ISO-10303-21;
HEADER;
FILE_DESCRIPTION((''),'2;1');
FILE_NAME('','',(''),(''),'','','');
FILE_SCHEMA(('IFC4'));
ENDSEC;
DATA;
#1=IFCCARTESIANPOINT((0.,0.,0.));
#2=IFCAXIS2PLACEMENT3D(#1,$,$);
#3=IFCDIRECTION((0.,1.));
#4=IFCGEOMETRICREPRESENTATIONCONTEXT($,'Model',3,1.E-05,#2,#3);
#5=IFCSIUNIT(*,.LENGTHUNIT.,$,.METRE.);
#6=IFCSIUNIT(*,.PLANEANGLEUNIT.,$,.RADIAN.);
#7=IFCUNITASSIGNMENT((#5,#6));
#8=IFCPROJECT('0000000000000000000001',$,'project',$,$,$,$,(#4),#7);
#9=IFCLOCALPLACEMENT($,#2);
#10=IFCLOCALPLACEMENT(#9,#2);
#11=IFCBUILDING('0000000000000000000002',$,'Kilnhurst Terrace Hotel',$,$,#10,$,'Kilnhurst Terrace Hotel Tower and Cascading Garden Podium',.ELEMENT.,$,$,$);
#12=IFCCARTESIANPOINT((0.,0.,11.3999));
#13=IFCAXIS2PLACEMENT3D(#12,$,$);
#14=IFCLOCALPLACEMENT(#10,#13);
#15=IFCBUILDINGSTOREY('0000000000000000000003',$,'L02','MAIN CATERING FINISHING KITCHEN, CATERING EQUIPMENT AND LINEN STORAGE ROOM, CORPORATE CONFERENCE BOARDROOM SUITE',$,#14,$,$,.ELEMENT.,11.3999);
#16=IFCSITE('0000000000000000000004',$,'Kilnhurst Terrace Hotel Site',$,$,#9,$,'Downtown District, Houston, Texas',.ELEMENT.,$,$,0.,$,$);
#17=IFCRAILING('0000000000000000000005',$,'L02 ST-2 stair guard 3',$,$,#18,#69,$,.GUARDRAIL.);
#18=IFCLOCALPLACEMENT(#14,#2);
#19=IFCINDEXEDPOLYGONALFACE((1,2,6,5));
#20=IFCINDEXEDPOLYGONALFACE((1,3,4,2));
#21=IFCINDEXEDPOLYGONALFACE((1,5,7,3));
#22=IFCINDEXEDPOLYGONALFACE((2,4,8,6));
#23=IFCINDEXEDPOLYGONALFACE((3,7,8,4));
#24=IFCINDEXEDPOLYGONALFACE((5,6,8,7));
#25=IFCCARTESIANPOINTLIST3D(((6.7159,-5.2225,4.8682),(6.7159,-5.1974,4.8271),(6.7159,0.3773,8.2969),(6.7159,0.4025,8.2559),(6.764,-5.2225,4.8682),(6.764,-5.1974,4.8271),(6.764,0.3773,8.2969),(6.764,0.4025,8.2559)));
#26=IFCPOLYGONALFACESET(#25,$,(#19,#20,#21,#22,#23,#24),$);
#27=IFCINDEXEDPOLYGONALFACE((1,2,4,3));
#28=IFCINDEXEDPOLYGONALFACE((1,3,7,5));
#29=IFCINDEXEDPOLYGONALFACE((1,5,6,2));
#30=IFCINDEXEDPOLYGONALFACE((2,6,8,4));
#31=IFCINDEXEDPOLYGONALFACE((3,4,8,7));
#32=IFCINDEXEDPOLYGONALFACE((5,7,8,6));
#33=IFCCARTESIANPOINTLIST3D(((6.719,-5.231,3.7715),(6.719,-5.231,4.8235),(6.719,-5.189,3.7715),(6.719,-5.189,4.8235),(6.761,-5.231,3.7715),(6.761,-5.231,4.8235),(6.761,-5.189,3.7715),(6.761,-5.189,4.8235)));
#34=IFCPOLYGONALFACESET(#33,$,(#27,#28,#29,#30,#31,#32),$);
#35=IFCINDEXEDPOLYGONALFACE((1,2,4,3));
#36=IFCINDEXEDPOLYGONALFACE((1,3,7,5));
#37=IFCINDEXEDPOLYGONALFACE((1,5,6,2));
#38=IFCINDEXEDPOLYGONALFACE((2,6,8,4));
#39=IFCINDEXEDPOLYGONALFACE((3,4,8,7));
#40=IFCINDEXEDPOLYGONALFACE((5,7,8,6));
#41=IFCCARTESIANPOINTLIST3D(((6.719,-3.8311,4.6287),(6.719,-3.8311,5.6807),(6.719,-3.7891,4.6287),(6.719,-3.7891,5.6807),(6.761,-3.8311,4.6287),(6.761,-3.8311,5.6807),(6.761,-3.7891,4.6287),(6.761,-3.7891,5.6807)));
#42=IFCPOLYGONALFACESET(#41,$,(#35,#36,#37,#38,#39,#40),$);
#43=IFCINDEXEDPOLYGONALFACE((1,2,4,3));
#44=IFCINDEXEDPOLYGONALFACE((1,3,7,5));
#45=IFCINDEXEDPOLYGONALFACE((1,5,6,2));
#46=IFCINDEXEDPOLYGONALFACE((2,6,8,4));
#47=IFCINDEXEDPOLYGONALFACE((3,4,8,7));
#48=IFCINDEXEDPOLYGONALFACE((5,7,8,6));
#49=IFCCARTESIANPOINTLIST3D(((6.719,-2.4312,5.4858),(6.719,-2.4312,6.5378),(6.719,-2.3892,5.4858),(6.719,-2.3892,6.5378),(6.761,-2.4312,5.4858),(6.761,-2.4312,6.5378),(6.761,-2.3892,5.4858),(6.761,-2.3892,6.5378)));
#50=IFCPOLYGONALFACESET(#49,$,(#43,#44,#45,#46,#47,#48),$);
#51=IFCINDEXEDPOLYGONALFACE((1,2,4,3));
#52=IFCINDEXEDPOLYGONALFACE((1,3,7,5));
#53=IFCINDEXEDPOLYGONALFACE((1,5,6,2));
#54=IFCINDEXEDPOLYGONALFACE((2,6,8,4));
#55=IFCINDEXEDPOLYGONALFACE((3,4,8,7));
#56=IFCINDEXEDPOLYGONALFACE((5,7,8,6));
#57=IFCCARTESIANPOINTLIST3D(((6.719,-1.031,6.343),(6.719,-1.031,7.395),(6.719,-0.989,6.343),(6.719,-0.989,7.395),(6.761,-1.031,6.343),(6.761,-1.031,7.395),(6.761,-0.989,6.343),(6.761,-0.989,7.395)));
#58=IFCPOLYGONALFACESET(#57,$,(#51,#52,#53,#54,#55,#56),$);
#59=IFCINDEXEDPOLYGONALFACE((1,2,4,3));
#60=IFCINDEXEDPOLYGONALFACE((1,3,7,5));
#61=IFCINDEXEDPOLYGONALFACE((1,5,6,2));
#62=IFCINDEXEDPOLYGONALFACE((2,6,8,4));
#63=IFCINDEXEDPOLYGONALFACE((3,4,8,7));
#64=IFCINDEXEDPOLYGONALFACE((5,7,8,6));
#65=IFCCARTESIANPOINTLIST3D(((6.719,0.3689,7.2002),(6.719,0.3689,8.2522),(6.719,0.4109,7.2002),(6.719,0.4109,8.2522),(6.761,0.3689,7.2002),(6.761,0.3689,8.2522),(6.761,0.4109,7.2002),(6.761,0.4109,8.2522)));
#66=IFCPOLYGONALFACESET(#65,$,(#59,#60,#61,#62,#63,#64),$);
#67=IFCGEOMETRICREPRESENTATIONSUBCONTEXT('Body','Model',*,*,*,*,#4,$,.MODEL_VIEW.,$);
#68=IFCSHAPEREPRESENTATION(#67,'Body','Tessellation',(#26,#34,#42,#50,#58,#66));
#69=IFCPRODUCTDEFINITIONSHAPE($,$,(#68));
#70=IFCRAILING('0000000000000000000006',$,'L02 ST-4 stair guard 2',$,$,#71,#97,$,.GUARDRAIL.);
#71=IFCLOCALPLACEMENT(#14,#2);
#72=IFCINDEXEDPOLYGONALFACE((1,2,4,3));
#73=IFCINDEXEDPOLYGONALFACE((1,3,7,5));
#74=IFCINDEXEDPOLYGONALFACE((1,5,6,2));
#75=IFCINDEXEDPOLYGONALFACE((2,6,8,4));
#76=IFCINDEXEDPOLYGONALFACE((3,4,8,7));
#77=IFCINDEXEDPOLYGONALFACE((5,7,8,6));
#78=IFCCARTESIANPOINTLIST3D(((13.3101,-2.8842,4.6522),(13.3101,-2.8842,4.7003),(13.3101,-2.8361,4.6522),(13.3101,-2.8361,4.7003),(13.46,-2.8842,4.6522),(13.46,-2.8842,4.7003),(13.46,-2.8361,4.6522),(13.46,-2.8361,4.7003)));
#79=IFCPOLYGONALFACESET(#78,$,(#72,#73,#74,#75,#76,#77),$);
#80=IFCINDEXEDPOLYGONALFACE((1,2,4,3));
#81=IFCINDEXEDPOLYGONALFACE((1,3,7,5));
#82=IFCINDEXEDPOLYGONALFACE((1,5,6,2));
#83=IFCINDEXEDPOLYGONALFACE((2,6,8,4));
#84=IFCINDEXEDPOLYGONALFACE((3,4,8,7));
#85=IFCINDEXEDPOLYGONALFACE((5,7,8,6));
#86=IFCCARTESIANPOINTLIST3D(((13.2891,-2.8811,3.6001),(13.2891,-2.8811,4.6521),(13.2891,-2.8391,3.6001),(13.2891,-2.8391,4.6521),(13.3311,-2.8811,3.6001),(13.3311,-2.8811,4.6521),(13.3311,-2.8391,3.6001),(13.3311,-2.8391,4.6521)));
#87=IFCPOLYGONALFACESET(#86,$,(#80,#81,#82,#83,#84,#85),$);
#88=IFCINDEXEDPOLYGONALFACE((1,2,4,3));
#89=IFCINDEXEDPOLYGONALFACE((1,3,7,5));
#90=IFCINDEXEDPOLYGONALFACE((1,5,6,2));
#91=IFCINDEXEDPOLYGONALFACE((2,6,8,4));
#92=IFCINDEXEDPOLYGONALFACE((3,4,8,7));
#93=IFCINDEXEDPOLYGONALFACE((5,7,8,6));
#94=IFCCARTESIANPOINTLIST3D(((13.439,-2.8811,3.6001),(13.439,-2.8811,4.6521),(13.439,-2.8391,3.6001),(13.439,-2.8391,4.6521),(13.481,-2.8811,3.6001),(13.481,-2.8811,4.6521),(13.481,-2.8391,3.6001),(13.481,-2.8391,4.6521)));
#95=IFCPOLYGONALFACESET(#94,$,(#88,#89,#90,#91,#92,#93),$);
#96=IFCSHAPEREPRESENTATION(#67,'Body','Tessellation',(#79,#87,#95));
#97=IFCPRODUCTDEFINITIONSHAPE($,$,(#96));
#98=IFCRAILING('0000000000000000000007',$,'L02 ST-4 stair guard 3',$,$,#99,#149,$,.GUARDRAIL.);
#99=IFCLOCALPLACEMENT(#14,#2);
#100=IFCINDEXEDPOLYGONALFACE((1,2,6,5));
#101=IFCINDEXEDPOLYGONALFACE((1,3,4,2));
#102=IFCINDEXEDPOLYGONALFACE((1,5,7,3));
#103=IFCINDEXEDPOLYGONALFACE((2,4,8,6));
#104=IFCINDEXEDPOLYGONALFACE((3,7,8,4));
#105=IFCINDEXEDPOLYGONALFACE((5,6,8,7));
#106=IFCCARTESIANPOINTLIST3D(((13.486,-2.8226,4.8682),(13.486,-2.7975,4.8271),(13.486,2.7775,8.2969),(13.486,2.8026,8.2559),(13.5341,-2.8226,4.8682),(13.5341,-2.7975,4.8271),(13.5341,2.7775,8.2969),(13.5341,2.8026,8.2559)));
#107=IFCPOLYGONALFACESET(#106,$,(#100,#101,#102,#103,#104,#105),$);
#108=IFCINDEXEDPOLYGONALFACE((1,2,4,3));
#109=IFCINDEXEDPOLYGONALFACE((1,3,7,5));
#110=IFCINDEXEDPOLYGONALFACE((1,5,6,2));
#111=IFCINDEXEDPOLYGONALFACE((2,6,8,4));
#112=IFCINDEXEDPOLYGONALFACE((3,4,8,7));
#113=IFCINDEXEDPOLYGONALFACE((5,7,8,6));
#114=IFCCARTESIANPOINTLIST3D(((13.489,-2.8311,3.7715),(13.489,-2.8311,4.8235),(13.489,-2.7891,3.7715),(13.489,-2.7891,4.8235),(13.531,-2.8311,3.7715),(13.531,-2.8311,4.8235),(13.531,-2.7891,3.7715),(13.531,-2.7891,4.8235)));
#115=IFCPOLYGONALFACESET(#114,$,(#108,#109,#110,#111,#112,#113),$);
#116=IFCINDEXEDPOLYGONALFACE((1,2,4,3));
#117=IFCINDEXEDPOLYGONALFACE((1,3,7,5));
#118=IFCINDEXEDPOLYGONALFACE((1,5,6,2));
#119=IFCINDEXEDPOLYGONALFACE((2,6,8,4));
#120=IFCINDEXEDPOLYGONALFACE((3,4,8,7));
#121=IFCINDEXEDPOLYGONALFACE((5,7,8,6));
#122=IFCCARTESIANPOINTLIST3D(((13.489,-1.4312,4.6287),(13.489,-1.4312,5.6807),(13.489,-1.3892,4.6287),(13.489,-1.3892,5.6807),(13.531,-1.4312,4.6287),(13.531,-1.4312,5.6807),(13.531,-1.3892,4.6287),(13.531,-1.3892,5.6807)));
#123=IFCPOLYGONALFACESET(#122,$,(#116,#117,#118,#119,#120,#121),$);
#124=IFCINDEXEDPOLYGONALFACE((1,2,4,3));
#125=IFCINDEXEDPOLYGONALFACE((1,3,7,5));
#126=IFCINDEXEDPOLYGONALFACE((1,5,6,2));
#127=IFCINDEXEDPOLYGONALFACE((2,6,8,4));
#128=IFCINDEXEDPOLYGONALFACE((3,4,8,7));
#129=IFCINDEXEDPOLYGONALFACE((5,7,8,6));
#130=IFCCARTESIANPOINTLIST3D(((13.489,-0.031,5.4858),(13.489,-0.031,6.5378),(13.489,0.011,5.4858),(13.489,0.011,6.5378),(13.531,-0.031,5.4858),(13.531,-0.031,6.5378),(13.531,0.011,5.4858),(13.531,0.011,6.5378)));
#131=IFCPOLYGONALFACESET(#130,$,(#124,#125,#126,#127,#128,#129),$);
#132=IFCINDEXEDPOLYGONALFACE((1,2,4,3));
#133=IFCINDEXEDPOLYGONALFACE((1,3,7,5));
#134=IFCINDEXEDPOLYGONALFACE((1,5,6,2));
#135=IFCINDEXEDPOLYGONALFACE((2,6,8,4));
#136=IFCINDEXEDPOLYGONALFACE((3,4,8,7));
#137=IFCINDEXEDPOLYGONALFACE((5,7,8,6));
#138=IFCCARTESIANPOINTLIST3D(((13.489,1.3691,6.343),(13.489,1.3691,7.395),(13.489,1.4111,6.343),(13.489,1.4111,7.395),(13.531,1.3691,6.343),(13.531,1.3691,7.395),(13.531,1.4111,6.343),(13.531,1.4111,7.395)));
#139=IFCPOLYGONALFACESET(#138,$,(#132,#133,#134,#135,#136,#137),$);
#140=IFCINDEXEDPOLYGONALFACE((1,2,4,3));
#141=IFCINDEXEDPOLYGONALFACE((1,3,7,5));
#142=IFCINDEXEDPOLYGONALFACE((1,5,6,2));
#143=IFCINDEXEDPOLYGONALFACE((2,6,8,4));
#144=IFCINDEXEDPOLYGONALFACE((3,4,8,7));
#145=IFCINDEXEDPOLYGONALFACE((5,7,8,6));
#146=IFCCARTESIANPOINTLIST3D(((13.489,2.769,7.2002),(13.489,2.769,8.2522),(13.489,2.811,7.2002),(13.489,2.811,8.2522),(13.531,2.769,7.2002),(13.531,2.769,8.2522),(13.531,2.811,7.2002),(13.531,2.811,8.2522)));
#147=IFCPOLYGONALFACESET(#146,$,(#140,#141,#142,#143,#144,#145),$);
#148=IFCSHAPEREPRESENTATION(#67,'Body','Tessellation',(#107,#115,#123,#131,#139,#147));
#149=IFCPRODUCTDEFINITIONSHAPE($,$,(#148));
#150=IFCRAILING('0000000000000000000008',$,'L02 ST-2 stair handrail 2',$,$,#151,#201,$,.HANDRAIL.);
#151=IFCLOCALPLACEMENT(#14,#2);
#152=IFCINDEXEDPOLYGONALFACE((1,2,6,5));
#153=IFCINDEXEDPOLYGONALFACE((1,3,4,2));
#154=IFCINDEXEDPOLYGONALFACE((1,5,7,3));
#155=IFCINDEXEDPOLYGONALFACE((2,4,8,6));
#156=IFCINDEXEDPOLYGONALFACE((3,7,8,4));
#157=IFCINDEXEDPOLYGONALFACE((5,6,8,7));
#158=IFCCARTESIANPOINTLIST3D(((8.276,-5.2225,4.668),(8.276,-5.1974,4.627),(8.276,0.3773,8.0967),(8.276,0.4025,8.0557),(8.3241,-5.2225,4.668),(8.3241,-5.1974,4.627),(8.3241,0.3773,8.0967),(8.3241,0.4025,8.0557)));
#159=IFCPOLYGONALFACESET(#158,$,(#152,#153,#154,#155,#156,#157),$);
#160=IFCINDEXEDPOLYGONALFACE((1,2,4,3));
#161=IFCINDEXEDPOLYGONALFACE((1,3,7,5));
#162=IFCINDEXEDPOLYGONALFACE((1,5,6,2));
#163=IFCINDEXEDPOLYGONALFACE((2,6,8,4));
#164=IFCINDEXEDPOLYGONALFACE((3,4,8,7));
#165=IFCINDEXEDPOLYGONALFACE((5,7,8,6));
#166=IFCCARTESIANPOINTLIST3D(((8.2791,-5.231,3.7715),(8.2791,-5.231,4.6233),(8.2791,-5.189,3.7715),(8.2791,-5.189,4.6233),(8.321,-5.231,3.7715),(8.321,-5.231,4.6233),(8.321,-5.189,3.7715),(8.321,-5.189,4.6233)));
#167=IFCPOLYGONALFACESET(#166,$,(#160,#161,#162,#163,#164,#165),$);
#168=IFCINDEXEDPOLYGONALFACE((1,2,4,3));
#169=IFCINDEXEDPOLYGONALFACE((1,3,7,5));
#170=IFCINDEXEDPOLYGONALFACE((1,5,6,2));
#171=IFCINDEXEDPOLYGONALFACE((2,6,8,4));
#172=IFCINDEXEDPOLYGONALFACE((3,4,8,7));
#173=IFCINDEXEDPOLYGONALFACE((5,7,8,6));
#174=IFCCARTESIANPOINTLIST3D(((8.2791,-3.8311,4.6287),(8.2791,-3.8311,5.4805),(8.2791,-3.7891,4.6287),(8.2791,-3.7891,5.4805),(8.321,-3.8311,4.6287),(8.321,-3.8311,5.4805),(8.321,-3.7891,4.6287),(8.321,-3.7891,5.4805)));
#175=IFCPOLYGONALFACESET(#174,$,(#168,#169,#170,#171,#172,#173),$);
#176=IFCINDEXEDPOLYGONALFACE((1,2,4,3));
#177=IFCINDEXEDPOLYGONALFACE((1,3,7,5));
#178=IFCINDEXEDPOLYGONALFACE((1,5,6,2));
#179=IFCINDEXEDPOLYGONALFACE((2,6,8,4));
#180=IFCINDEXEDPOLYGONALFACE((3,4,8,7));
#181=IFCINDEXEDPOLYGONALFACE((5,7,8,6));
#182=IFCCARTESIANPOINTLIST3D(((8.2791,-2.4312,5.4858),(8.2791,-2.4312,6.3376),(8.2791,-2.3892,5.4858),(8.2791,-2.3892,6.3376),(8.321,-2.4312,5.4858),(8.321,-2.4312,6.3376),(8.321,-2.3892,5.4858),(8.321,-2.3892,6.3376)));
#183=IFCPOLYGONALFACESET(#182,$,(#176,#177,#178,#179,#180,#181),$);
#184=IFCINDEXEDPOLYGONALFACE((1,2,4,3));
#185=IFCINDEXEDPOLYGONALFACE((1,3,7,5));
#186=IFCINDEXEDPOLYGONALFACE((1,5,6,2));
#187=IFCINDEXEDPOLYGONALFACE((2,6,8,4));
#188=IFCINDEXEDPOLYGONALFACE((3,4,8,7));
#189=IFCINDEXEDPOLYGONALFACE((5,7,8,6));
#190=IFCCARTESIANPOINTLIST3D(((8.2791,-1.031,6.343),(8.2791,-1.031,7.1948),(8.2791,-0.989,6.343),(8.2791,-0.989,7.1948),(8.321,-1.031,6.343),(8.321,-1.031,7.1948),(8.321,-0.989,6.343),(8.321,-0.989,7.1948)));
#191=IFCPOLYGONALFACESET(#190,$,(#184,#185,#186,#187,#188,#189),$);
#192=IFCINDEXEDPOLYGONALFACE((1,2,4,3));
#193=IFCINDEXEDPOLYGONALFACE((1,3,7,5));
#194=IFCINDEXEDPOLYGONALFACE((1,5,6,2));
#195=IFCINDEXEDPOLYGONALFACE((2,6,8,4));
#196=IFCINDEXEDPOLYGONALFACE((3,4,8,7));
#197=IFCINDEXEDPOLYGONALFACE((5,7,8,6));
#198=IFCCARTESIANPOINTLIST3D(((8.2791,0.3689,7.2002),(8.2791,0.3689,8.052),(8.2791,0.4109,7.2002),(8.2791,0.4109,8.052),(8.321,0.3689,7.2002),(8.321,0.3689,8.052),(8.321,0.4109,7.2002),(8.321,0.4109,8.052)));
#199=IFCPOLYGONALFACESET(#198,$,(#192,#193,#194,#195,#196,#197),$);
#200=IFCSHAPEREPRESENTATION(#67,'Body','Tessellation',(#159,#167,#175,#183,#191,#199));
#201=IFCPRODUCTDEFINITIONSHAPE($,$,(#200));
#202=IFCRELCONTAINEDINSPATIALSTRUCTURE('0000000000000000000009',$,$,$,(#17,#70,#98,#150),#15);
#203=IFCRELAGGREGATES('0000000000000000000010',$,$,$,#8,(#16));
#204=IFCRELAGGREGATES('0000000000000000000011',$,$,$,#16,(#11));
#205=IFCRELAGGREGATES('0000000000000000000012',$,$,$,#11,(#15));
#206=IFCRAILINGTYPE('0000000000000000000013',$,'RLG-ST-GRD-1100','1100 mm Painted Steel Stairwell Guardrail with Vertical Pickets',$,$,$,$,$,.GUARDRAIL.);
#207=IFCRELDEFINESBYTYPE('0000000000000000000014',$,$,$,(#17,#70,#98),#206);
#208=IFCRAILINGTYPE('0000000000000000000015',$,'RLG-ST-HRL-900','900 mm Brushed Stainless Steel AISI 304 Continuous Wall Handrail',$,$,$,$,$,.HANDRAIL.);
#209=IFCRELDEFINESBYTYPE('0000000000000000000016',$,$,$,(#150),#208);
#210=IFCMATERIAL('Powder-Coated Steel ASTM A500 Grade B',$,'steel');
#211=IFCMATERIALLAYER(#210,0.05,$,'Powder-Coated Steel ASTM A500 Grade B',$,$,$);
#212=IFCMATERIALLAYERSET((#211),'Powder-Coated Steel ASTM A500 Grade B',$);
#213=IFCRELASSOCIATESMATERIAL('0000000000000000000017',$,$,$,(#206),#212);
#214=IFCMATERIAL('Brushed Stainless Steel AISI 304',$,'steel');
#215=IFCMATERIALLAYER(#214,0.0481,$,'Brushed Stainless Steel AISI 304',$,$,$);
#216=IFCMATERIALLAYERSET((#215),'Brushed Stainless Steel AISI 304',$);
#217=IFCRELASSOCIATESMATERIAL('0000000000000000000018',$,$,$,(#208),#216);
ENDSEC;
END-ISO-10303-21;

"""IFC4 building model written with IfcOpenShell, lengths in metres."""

from ifc_helpers import new_model, si_unit, direction, frame, origin, origin_2d, place, context, subcontext, project, spatial, rectangle, extrude, material, layer, layer_set, type_object, element, save


model = new_model("IFC4")

# Units and contexts
model_context = context("Model", 3, precision=1e-05, world=origin(), true_north=direction((0.0, 1.0)))
body_context = subcontext(model_context, "Body", "Model", "MODEL_VIEW")
ifc_project = project(units=[si_unit("LENGTHUNIT", "METRE"), si_unit("PLANEANGLEUNIT", "RADIAN")], contexts=[model_context])

# Site, building, storey
site_placement = place(None, origin())
site = spatial("IfcSite", under=ifc_project, at=site_placement, Name="Kilnhurst Terrace Hotel Site", LongName="Downtown District, Houston, Texas", CompositionType="ELEMENT", RefElevation=0.0)
building_placement = place(site_placement, origin())
building = spatial("IfcBuilding", under=site, at=building_placement, Name="Kilnhurst Terrace Hotel", LongName="Kilnhurst Terrace Hotel Tower and Cascading Garden Podium", CompositionType="ELEMENT")
storey_placement = place(building_placement, frame((0.0, 0.0, 11.3999)))
storey = spatial("IfcBuildingStorey", under=building, at=storey_placement, Name="L02", Description="MAIN CATERING FINISHING KITCHEN, CATERING EQUIPMENT AND LINEN STORAGE ROOM, CORPORATE CONFERENCE BOARDROOM SUITE", CompositionType="ELEMENT", Elevation=11.3999)

# Railings
ifc_material_1 = material(Name="Powder-Coated Steel ASTM A500 Grade B", Category="steel")
ifc_layer_1 = layer(ifc_material_1, 0.05, Name="Powder-Coated Steel ASTM A500 Grade B")
ifc_layer_set_1 = layer_set([ifc_layer_1], Name="Powder-Coated Steel ASTM A500 Grade B")
railing_type_1 = type_object("IfcRailingType", Name="RLG-ST-GRD-1100", Description="1100 mm Painted Steel Stairwell Guardrail with Vertical Pickets", PredefinedType="GUARDRAIL", material=ifc_layer_set_1)
railing_1_placement = place(storey_placement, frame((6.74, -5.21, 3.7715)))
element("IfcRailing", 1, at=railing_1_placement, inside=storey, type_object=railing_type_1, Name="L02 ST-2 stair guard 3", PredefinedType="GUARDRAIL", context=body_context, shape_type="SweptSolid", body=[
    extrude(rectangle(XDim=0.0481, YDim=0.0481, at=origin_2d()), frame((0.0, 0.0, 1.0762), z_axis=(0.0, 0.852836, 0.522179), x_axis=(-1.0, 0.0, 0.0)), (0.0, 0.0, 1.0), 6.5662),
    extrude(rectangle(XDim=0.042, YDim=0.042, at=origin_2d()), origin(), (0.0, 0.0, 1.0), 1.052),
    extrude(rectangle(XDim=0.042, YDim=0.042, at=origin_2d()), frame((0.0, 1.3999, 0.8572)), (0.0, 0.0, 1.0), 1.052),
    extrude(rectangle(XDim=0.042, YDim=0.042, at=origin_2d()), frame((0.0, 2.7998, 1.7144)), (0.0, 0.0, 1.0), 1.052),
    extrude(rectangle(XDim=0.042, YDim=0.042, at=origin_2d()), frame((0.0, 4.2, 2.5715)), (0.0, 0.0, 1.0), 1.052),
    extrude(rectangle(XDim=0.042, YDim=0.042, at=origin_2d()), frame((0.0, 5.5999, 3.4287)), (0.0, 0.0, 1.0), 1.052),
])
railing_2_placement = place(storey_placement, frame((13.3101, -2.8601, 3.6001)))
element("IfcRailing", 2, at=railing_2_placement, inside=storey, type_object=railing_type_1, Name="L02 ST-4 stair guard 2", PredefinedType="GUARDRAIL", context=body_context, shape_type="SweptSolid", body=[
    extrude(rectangle(XDim=0.0481, YDim=0.0481, at=origin_2d()), frame((0.0, 0.0, 1.0762), z_axis=(1.0, 0.0, 0.0), x_axis=(0.0, 1.0, 0.0)), (0.0, 0.0, 1.0), 0.1499),
    extrude(rectangle(XDim=0.042, YDim=0.042, at=origin_2d()), origin(), (0.0, 0.0, 1.0), 1.052),
    extrude(rectangle(XDim=0.042, YDim=0.042, at=origin_2d()), frame((0.1499, 0.0, 0.0)), (0.0, 0.0, 1.0), 1.052),
])
railing_3_placement = place(storey_placement, frame((13.51, -2.8101, 3.7715)))
element("IfcRailing", 3, at=railing_3_placement, inside=storey, type_object=railing_type_1, Name="L02 ST-4 stair guard 3", PredefinedType="GUARDRAIL", context=body_context, shape_type="SweptSolid", body=[
    extrude(rectangle(XDim=0.0481, YDim=0.0481, at=origin_2d()), frame((0.0, 0.0, 1.0762), z_axis=(0.0, 0.852846, 0.522163), x_axis=(-1.0, 0.0, 0.0)), (0.0, 0.0, 1.0), 6.5664),
    extrude(rectangle(XDim=0.042, YDim=0.042, at=origin_2d()), origin(), (0.0, 0.0, 1.0), 1.052),
    extrude(rectangle(XDim=0.042, YDim=0.042, at=origin_2d()), frame((0.0, 1.3999, 0.8572)), (0.0, 0.0, 1.0), 1.052),
    extrude(rectangle(XDim=0.042, YDim=0.042, at=origin_2d()), frame((0.0, 2.8, 1.7144)), (0.0, 0.0, 1.0), 1.052),
    extrude(rectangle(XDim=0.042, YDim=0.042, at=origin_2d()), frame((0.0, 4.2002, 2.5715)), (0.0, 0.0, 1.0), 1.052),
    extrude(rectangle(XDim=0.042, YDim=0.042, at=origin_2d()), frame((0.0, 5.6001, 3.4287)), (0.0, 0.0, 1.0), 1.052),
])
ifc_material_2 = material(Name="Brushed Stainless Steel AISI 304", Category="steel")
ifc_layer_2 = layer(ifc_material_2, 0.0481, Name="Brushed Stainless Steel AISI 304")
ifc_layer_set_2 = layer_set([ifc_layer_2], Name="Brushed Stainless Steel AISI 304")
railing_type_2 = type_object("IfcRailingType", Name="RLG-ST-HRL-900", Description="900 mm Brushed Stainless Steel AISI 304 Continuous Wall Handrail", PredefinedType="HANDRAIL", material=ifc_layer_set_2)
railing_4_placement = place(storey_placement, frame((8.3, -5.21, 3.7715)))
element("IfcRailing", 4, at=railing_4_placement, inside=storey, type_object=railing_type_2, Name="L02 ST-2 stair handrail 2", PredefinedType="HANDRAIL", context=body_context, shape_type="SweptSolid", body=[
    extrude(rectangle(XDim=0.0481, YDim=0.0481, at=origin_2d()), frame((0.0, 0.0, 0.876), z_axis=(0.0, 0.852836, 0.522179), x_axis=(-1.0, 0.0, 0.0)), (0.0, 0.0, 1.0), 6.5662),
    extrude(rectangle(XDim=0.042, YDim=0.042, at=origin_2d()), origin(), (0.0, 0.0, 1.0), 0.8518),
    extrude(rectangle(XDim=0.042, YDim=0.042, at=origin_2d()), frame((0.0, 1.3999, 0.8572)), (0.0, 0.0, 1.0), 0.8518),
    extrude(rectangle(XDim=0.042, YDim=0.042, at=origin_2d()), frame((0.0, 2.7998, 1.7144)), (0.0, 0.0, 1.0), 0.8518),
    extrude(rectangle(XDim=0.042, YDim=0.042, at=origin_2d()), frame((0.0, 4.2, 2.5715)), (0.0, 0.0, 1.0), 0.8518),
    extrude(rectangle(XDim=0.042, YDim=0.042, at=origin_2d()), frame((0.0, 5.5999, 3.4287)), (0.0, 0.0, 1.0), 0.8518),
])

save(model, "model.ifc")
